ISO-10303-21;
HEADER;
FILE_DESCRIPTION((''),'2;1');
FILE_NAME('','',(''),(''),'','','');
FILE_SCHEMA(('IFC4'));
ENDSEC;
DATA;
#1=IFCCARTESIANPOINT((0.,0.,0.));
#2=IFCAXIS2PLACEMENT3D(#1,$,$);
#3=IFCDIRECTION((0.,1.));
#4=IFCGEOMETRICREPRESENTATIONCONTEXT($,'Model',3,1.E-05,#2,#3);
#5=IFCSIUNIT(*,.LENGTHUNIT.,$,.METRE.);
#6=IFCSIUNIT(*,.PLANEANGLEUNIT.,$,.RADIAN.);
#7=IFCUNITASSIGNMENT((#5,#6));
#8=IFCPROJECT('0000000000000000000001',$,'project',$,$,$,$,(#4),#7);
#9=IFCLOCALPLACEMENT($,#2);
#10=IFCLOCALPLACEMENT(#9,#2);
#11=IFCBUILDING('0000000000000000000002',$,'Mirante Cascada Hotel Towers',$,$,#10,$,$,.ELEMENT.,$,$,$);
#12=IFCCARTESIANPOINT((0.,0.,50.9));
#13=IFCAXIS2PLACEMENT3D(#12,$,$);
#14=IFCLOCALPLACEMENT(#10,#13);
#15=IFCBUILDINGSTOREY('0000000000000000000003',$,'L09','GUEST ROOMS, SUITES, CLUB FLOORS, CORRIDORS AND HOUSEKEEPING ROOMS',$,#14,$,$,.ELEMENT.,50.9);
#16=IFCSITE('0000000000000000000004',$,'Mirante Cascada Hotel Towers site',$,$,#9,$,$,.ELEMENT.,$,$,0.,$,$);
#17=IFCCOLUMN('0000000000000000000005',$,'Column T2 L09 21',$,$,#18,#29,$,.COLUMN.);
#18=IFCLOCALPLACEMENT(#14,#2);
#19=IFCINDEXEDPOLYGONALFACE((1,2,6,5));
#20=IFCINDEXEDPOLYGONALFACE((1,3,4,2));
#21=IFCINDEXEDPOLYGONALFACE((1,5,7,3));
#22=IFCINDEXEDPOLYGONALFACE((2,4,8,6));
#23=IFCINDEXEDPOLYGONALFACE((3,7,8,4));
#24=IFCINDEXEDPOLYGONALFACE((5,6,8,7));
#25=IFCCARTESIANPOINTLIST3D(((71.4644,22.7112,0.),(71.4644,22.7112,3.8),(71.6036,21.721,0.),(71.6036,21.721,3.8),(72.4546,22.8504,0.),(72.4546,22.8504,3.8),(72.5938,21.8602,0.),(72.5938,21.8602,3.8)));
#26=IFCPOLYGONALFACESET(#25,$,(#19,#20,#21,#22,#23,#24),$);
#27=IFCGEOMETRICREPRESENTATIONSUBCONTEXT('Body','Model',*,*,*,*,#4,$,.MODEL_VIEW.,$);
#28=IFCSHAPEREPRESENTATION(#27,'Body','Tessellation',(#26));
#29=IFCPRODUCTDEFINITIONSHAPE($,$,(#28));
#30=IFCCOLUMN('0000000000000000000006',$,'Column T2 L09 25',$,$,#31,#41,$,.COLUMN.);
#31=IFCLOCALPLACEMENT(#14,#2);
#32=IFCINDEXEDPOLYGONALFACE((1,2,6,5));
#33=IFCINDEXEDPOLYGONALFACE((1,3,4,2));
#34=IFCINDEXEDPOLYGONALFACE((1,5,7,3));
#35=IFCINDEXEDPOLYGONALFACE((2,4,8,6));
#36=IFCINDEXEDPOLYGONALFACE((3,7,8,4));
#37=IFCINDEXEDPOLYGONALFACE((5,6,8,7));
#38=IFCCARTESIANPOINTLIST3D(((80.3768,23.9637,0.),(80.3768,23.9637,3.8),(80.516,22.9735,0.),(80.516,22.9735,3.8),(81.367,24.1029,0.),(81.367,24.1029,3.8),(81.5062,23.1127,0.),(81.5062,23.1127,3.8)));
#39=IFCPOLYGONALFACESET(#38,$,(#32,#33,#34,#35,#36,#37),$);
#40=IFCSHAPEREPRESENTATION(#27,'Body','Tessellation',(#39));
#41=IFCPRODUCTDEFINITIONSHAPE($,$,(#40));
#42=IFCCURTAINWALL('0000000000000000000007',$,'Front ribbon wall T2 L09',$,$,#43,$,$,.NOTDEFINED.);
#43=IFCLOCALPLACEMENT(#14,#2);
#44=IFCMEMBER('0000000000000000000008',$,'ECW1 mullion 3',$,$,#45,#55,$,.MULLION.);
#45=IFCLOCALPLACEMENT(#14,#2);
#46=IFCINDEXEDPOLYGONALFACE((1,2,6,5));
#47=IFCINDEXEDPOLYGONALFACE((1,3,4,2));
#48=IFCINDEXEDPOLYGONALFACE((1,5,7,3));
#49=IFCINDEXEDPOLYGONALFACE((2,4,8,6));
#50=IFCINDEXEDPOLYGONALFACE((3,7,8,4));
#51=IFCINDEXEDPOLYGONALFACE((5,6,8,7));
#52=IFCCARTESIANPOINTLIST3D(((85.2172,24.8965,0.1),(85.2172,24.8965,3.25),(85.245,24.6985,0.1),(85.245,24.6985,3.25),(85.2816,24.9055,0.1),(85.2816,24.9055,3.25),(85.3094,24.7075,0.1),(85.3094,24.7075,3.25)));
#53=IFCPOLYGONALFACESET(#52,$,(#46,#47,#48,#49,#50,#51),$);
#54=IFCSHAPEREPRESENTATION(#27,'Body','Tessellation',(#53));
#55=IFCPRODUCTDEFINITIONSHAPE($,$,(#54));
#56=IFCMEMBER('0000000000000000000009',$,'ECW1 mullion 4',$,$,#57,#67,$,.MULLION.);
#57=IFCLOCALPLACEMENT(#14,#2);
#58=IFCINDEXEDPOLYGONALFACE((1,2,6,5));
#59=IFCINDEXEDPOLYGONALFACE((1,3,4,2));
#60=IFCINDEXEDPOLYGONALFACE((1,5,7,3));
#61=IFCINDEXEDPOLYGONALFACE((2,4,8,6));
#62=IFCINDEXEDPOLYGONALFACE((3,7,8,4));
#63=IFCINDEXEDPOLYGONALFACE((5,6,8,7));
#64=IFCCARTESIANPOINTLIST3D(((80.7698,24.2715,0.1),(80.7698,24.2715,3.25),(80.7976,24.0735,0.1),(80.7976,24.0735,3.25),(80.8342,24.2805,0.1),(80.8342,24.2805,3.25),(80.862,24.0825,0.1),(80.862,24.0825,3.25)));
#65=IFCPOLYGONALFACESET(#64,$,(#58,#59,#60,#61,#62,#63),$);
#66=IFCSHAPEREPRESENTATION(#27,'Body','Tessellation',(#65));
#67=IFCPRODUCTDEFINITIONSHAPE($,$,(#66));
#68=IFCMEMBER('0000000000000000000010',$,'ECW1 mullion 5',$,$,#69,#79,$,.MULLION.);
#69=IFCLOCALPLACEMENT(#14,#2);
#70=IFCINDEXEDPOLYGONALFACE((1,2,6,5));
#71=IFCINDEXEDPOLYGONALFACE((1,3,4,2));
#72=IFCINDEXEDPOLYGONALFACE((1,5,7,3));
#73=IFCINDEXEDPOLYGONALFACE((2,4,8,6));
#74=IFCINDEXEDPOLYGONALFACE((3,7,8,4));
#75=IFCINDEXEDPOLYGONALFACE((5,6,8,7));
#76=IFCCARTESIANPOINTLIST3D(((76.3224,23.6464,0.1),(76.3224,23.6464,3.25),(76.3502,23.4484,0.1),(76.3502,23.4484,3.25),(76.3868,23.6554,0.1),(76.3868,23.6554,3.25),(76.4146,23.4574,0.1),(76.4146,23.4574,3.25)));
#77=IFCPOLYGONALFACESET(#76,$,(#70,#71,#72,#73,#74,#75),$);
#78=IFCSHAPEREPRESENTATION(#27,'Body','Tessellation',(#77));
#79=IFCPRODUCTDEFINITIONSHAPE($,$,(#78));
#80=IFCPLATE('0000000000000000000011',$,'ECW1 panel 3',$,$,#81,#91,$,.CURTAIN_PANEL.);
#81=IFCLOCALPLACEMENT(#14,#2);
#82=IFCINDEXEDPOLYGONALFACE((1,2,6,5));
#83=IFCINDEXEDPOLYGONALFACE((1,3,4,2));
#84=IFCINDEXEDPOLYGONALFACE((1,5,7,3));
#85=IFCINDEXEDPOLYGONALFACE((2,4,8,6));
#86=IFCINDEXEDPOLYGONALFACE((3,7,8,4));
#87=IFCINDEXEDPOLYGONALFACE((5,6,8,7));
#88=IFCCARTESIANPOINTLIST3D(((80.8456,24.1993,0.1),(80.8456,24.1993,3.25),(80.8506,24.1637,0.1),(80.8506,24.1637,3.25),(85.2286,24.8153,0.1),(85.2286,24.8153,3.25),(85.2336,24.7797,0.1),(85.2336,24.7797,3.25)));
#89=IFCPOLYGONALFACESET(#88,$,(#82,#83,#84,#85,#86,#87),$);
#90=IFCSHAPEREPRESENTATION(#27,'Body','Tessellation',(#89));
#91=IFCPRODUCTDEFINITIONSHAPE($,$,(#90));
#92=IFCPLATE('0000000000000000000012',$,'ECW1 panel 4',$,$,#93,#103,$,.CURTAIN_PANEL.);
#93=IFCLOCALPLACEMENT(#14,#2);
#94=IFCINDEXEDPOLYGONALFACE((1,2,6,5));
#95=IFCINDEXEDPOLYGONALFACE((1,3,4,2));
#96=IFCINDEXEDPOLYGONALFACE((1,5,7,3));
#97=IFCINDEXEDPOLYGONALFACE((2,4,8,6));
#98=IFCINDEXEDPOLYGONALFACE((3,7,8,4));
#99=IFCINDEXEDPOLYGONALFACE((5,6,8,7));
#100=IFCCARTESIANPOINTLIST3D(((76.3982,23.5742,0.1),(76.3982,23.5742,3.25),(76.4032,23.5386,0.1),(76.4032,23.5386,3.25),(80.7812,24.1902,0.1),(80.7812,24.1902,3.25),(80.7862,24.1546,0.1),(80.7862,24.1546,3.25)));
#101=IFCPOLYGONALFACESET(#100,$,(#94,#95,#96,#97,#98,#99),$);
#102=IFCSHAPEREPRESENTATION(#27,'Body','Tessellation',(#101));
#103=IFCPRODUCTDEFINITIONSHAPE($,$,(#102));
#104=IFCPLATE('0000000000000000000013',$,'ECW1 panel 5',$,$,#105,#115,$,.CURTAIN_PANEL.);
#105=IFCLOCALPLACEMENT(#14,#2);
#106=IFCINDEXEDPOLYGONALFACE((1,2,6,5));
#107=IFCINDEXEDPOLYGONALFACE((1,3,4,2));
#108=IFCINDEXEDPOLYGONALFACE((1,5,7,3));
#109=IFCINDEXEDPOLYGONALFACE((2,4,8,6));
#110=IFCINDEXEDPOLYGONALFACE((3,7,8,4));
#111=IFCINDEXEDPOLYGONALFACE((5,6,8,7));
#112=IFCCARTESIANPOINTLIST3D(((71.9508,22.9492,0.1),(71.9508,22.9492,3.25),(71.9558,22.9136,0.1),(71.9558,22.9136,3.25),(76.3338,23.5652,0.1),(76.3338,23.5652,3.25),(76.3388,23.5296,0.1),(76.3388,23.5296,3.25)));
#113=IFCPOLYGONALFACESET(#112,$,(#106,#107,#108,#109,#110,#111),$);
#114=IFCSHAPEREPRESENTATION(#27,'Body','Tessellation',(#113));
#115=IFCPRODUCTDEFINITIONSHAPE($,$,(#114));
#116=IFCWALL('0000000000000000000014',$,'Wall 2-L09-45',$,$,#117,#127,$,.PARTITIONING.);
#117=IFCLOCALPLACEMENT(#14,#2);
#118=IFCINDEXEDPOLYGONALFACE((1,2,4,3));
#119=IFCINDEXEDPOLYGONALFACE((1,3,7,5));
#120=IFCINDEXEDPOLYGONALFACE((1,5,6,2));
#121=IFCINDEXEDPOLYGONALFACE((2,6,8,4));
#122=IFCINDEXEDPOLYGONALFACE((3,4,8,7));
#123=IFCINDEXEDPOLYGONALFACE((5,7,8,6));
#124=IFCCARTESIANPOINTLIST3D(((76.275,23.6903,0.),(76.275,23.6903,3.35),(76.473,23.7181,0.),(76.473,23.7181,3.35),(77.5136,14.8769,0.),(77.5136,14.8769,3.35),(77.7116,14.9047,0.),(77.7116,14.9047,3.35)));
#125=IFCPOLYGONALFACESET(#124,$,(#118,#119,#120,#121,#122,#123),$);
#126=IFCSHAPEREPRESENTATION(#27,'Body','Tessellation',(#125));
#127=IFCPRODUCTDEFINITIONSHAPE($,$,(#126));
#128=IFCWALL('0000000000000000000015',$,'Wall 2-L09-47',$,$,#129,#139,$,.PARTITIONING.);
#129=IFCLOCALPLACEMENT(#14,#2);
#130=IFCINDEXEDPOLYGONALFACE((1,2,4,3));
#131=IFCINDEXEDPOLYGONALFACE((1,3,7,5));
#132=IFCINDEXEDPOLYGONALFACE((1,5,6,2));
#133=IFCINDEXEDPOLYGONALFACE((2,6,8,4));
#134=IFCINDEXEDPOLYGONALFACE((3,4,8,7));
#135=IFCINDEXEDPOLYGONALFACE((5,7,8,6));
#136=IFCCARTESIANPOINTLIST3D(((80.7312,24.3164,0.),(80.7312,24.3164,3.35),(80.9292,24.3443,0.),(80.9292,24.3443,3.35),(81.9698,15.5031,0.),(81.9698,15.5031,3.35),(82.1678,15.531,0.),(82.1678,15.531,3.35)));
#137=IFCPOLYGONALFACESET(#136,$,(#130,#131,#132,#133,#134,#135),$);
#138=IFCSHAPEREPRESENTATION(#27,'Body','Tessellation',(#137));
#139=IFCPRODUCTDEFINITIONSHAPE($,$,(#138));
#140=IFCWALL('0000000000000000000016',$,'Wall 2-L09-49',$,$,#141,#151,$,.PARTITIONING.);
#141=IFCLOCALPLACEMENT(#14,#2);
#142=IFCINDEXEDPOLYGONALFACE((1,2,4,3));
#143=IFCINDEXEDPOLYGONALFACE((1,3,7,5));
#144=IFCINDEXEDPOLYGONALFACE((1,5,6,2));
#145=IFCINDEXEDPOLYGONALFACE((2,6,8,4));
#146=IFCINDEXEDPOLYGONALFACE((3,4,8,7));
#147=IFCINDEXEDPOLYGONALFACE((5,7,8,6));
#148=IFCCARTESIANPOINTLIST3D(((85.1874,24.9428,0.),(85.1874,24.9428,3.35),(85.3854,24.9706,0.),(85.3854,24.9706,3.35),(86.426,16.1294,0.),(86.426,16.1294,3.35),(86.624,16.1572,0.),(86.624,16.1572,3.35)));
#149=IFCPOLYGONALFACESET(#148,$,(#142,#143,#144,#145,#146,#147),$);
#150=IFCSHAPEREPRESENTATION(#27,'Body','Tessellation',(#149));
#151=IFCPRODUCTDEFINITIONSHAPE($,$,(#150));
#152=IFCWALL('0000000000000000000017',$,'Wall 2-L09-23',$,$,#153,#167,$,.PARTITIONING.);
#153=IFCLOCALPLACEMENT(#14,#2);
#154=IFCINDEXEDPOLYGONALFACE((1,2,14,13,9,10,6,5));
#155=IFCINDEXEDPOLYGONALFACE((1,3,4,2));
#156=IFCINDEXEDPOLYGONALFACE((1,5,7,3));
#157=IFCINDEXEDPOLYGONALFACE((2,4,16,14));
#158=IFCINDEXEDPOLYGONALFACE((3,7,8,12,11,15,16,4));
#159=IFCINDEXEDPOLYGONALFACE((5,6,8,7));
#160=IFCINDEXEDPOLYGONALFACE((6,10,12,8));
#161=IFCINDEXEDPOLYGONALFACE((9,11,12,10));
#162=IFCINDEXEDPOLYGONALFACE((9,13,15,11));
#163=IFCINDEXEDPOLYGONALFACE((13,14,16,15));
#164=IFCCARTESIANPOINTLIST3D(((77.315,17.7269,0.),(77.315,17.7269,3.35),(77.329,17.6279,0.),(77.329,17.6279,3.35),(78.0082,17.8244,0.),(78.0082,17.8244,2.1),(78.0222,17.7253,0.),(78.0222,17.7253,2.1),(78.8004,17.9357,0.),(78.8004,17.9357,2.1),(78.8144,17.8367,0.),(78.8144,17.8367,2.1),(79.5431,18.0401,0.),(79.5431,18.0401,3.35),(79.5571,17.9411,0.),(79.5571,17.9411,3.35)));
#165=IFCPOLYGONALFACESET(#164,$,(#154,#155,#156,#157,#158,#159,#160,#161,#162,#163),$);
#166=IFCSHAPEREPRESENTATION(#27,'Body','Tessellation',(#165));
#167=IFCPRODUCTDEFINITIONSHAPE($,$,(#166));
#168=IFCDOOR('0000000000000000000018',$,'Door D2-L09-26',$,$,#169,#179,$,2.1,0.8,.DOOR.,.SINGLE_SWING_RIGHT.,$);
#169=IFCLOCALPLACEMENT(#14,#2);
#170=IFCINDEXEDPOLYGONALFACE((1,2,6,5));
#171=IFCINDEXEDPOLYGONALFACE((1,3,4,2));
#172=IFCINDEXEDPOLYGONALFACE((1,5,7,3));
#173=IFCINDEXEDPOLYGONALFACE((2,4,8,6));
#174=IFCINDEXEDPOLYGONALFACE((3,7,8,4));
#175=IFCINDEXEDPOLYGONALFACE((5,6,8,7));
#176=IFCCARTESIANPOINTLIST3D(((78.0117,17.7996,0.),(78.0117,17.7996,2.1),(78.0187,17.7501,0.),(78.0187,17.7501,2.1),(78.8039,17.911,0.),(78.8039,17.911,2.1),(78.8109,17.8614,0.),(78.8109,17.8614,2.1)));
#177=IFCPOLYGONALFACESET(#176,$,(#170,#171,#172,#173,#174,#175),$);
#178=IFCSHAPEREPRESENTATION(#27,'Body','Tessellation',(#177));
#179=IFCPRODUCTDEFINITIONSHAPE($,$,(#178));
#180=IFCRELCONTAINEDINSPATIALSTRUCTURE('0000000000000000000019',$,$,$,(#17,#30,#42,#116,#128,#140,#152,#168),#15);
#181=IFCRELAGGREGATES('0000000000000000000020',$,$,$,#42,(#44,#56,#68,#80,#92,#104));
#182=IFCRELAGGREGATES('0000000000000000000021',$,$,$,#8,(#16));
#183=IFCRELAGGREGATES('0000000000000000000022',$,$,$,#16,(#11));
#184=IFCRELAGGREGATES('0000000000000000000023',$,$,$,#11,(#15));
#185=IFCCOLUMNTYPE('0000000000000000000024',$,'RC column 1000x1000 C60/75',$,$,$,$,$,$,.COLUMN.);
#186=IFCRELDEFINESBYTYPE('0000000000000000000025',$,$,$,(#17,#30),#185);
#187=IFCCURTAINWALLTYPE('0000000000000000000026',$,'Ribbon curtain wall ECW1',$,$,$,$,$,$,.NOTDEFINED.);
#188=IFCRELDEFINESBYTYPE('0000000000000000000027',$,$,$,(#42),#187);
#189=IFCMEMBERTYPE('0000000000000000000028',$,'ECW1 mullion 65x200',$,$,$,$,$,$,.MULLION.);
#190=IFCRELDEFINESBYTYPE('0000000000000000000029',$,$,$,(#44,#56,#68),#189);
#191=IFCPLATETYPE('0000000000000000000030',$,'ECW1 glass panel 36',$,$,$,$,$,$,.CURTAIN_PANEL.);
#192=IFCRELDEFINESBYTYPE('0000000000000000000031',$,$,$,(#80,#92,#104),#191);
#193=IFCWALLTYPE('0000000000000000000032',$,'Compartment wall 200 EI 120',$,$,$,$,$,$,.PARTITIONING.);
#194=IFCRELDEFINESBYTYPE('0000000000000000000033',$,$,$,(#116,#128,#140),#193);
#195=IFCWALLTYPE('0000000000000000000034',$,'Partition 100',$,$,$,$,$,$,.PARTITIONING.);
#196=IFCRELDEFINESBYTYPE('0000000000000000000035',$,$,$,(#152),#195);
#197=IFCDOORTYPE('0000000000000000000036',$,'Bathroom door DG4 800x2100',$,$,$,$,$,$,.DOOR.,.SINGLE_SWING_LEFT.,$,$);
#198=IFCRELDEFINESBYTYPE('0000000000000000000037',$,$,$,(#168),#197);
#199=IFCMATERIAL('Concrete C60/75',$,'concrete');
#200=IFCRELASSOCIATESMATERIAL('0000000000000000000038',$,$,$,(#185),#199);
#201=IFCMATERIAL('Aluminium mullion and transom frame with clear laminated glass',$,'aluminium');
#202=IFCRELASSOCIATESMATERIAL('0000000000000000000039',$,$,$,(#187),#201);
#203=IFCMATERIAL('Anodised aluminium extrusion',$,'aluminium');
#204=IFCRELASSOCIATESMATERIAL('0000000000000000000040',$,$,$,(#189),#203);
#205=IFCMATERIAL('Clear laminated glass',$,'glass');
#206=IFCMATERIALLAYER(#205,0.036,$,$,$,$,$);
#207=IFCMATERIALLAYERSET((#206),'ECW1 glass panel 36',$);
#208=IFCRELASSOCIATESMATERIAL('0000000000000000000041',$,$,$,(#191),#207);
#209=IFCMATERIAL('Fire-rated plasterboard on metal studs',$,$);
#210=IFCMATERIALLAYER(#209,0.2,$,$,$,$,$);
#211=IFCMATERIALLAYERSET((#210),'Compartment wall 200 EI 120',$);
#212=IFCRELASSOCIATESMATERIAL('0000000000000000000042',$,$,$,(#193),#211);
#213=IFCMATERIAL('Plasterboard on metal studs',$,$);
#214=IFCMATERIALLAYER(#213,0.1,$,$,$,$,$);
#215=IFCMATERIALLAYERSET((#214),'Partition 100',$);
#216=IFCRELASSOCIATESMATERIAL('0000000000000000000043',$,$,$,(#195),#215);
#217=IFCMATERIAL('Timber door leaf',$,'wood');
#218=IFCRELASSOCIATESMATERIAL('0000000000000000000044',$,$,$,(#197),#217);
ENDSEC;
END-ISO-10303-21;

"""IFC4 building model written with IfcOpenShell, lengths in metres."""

from ifc_helpers import new_model, si_unit, direction, frame, frame_2d, origin, origin_2d, place, context, subcontext, project, spatial, rectangle, extrude, material, layer, layer_set, material_profile, profile_set, type_object, element, fill, aggregate, save


model = new_model("IFC4")

# Units and contexts
model_context = context("Model", 3, precision=1e-05, world=origin(), true_north=direction((0.0, 1.0)))
body_context = subcontext(model_context, "Body", "Model", "MODEL_VIEW")
ifc_project = project(units=[si_unit("LENGTHUNIT", "METRE"), si_unit("PLANEANGLEUNIT", "RADIAN")], contexts=[model_context])

# Site, building, storey
site_placement = place(None, origin())
site = spatial("IfcSite", under=ifc_project, at=site_placement, Name="Mirante Cascada Hotel Towers site", CompositionType="ELEMENT", RefElevation=0.0)
building_placement = place(site_placement, origin())
building = spatial("IfcBuilding", under=site, at=building_placement, Name="Mirante Cascada Hotel Towers", CompositionType="ELEMENT")
storey_placement = place(building_placement, frame((0.0, 0.0, 50.9)))
storey = spatial("IfcBuildingStorey", under=building, at=storey_placement, Name="L09", Description="GUEST ROOMS, SUITES, CLUB FLOORS, CORRIDORS AND HOUSEKEEPING ROOMS", CompositionType="ELEMENT", Elevation=50.9)

# Columns
ifc_material_1 = material(Name="Concrete C60/75", Category="concrete")
ifc_material_profile_1 = material_profile(ifc_material_1, rectangle(XDim=1.0, YDim=1.0, at=origin_2d()), Name="RC column 1000x1000 C60/75")
ifc_profile_set_1 = profile_set([ifc_material_profile_1], Name="Concrete C60/75")
column_type = type_object("IfcColumnType", Name="RC column 1000x1000 C60/75", PredefinedType="COLUMN", material=ifc_profile_set_1)
for number, where, z_axis, x_axis, name in (
    (1, (72.0291, 22.2857, 0.0), (0.0, 0.0, 1.0), (0.990268, 0.139173, 0.0), "Column T2 L09 21"),
    (2, (80.9415, 23.5382, 0.0), (0.0, 0.0, 1.0), (0.990268, 0.139173, 0.0), "Column T2 L09 25"),
):
    element("IfcColumn", number, at=place(storey_placement, frame(where, z_axis=z_axis, x_axis=x_axis)), inside=storey, type_object=column_type, Name=name, PredefinedType="COLUMN", context=body_context, shape_type="SweptSolid", body=[
        extrude(rectangle(XDim=1.0, YDim=1.0, at=origin_2d()), origin(), (0.0, 0.0, 1.0), 3.8),
    ])

# Curtain wall, members, plates
ifc_material_2 = material(Name="Aluminium mullion and transom frame with clear laminated glass", Category="aluminium")
curtain_wall_type = type_object("IfcCurtainWallType", Name="Ribbon curtain wall ECW1", PredefinedType="NOTDEFINED", material=ifc_material_2)
curtain_wall_placement = place(storey_placement, origin())
curtain_wall = element("IfcCurtainWall", 3, at=curtain_wall_placement, inside=storey, type_object=curtain_wall_type, Name="Front ribbon wall T2 L09", PredefinedType="NOTDEFINED")
ifc_material_3 = material(Name="Anodised aluminium extrusion", Category="aluminium")
ifc_material_profile_2 = material_profile(ifc_material_3, rectangle(XDim=0.2, YDim=0.065, at=origin_2d()), Name="ECW1 MULLION 65x200")
ifc_profile_set_2 = profile_set([ifc_material_profile_2], Name="Anodised aluminium extrusion")
member_type = type_object("IfcMemberType", Name="ECW1 mullion 65x200", PredefinedType="MULLION", material=ifc_profile_set_2)
member_1_placement = place(storey_placement, frame((85.2633, 24.802, 0.1), z_axis=(0.0, 0.0, 1.0), x_axis=(0.139173, -0.990268, 0.0)))
member_1 = element("IfcMember", 4, at=member_1_placement, type_object=member_type, Name="ECW1 mullion 3", PredefinedType="MULLION", context=body_context, shape_type="SweptSolid", body=[
    extrude(rectangle(XDim=0.2, YDim=0.065, at=origin_2d()), origin(), (0.0, 0.0, 1.0), 3.15),
])
member_2_placement = place(storey_placement, frame((80.8159, 24.177, 0.1), z_axis=(0.0, 0.0, 1.0), x_axis=(0.139173, -0.990268, 0.0)))
member_2 = element("IfcMember", 5, at=member_2_placement, type_object=member_type, Name="ECW1 mullion 4", PredefinedType="MULLION", context=body_context, shape_type="SweptSolid", body=[
    extrude(rectangle(XDim=0.2, YDim=0.065, at=origin_2d()), origin(), (0.0, 0.0, 1.0), 3.15),
])
member_3_placement = place(storey_placement, frame((76.3685, 23.5519, 0.1), z_axis=(0.0, 0.0, 1.0), x_axis=(0.139173, -0.990268, 0.0)))
member_3 = element("IfcMember", 6, at=member_3_placement, type_object=member_type, Name="ECW1 mullion 5", PredefinedType="MULLION", context=body_context, shape_type="SweptSolid", body=[
    extrude(rectangle(XDim=0.2, YDim=0.065, at=origin_2d()), origin(), (0.0, 0.0, 1.0), 3.15),
])
ifc_material_4 = material(Name="Clear laminated glass", Category="glass")
ifc_layer_1 = layer(ifc_material_4, 0.036)
ifc_layer_set_1 = layer_set([ifc_layer_1], Name="ECW1 glass panel 36")
plate_type = type_object("IfcPlateType", Name="ECW1 glass panel 36", PredefinedType="CURTAIN_PANEL", material=ifc_layer_set_1)
plate_1_placement = place(storey_placement, frame((83.0396, 24.4895, 0.1), z_axis=(0.0, 0.0, 1.0), x_axis=(-0.990268, -0.139173, 0.0)))
plate_1 = element("IfcPlate", 7, at=plate_1_placement, type_object=plate_type, Name="ECW1 panel 3", PredefinedType="CURTAIN_PANEL", context=body_context, shape_type="SweptSolid", body=[
    extrude(rectangle(XDim=4.4261, YDim=0.036, at=origin_2d()), origin(), (0.0, 0.0, 1.0), 3.15),
])
plate_2_placement = place(storey_placement, frame((78.5922, 23.8644, 0.1), z_axis=(0.0, 0.0, 1.0), x_axis=(-0.990268, -0.139173, 0.0)))
plate_2 = element("IfcPlate", 8, at=plate_2_placement, type_object=plate_type, Name="ECW1 panel 4", PredefinedType="CURTAIN_PANEL", context=body_context, shape_type="SweptSolid", body=[
    extrude(rectangle(XDim=4.4261, YDim=0.036, at=origin_2d()), origin(), (0.0, 0.0, 1.0), 3.15),
])
plate_3_placement = place(storey_placement, frame((74.1448, 23.2394, 0.1), z_axis=(0.0, 0.0, 1.0), x_axis=(-0.990268, -0.139173, 0.0)))
plate_3 = element("IfcPlate", 9, at=plate_3_placement, type_object=plate_type, Name="ECW1 panel 5", PredefinedType="CURTAIN_PANEL", context=body_context, shape_type="SweptSolid", body=[
    extrude(rectangle(XDim=4.4261, YDim=0.036, at=origin_2d()), origin(), (0.0, 0.0, 1.0), 3.15),
])
aggregate(curtain_wall, [member_1, member_2, member_3, plate_1, plate_2, plate_3])

# Walls
ifc_material_5 = material(Name="Fire-rated plasterboard on metal studs")
ifc_layer_2 = layer(ifc_material_5, 0.2)
ifc_layer_set_2 = layer_set([ifc_layer_2], Name="Compartment wall 200 EI 120")
wall_type_1 = type_object("IfcWallType", Name="Compartment wall 200 EI 120", PredefinedType="PARTITIONING", material=ifc_layer_set_2)
wall_1_placement = place(storey_placement, frame((76.374, 23.7042, 0.0), z_axis=(0.0, 0.0, 1.0), x_axis=(0.139168, -0.990269, 0.0)))
element("IfcWall", 10, at=wall_1_placement, inside=storey, type_object=wall_type_1, Name="Wall 2-L09-45", PredefinedType="PARTITIONING", context=body_context, shape_type="SweptSolid", body=[
    extrude(rectangle(XDim=8.9, YDim=0.2, at=frame_2d((4.45, 0.0))), origin(), (0.0, 0.0, 1.0), 3.35),
])
wall_2_placement = place(storey_placement, frame((80.8302, 24.3304, 0.0), z_axis=(0.0, 0.0, 1.0), x_axis=(0.13917, -0.990268, 0.0)))
element("IfcWall", 11, at=wall_2_placement, inside=storey, type_object=wall_type_1, Name="Wall 2-L09-47", PredefinedType="PARTITIONING", context=body_context, shape_type="SweptSolid", body=[
    extrude(rectangle(XDim=8.8999, YDim=0.2, at=frame_2d((4.45, 0.0))), origin(), (0.0, 0.0, 1.0), 3.35),
])
wall_3_placement = place(storey_placement, frame((85.2864, 24.9567, 0.0), z_axis=(0.0, 0.0, 1.0), x_axis=(0.139168, -0.990269, 0.0)))
element("IfcWall", 12, at=wall_3_placement, inside=storey, type_object=wall_type_1, Name="Wall 2-L09-49", PredefinedType="PARTITIONING", context=body_context, shape_type="SweptSolid", body=[
    extrude(rectangle(XDim=8.9, YDim=0.2, at=frame_2d((4.45, 0.0))), origin(), (0.0, 0.0, 1.0), 3.35),
])

# Wall, opening, door
ifc_material_6 = material(Name="Plasterboard on metal studs")
ifc_layer_3 = layer(ifc_material_6, 0.1)
ifc_layer_set_3 = layer_set([ifc_layer_3], Name="Partition 100")
wall_type_2 = type_object("IfcWallType", Name="Partition 100", PredefinedType="PARTITIONING", material=ifc_layer_set_3)
wall_4_placement = place(storey_placement, frame((79.5501, 17.9906, 0.0), z_axis=(0.0, 0.0, 1.0), x_axis=(-0.990264, -0.1392, 0.0)))
wall_4 = element("IfcWall", 13, at=wall_4_placement, inside=storey, type_object=wall_type_2, Name="Wall 2-L09-23", PredefinedType="PARTITIONING", context=body_context, shape_type="SweptSolid", body=[
    extrude(rectangle(XDim=2.25, YDim=0.1, at=frame_2d((1.125, 0.0))), origin(), (0.0, 0.0, 1.0), 3.35),
])
opening_1_placement = place(wall_4_placement, frame((0.75, 0.0, 0.0)))
opening_1 = element("IfcOpeningElement", 14, at=opening_1_placement, cuts=wall_4, PredefinedType="OPENING", context=body_context, shape_type="SweptSolid", body=[
    extrude(rectangle(XDim=0.8, YDim=2.1, at=frame_2d((0.4, 1.05))), frame((0.0, 0.05, 0.0), z_axis=(0.0, -1.0, 0.0), x_axis=(1.0, 0.0, 0.0)), (0.0, 0.0, 1.0), 0.1),
])
ifc_material_7 = material(Name="Timber door leaf", Category="wood")
door_type = type_object("IfcDoorType", Name="Bathroom door DG4 800x2100", OperationType="SINGLE_SWING_LEFT", PredefinedType="DOOR", material=ifc_material_7)
door_1_placement = place(opening_1_placement, frame((0.8, 0.0, 0.0), z_axis=(0.0, 0.0, 1.0), x_axis=(-1.0, 0.0, 0.0)))
door_1 = element("IfcDoor", 15, at=door_1_placement, inside=storey, type_object=door_type, Name="Door D2-L09-26", OperationType="SINGLE_SWING_RIGHT", OverallHeight=2.1, OverallWidth=0.8, PredefinedType="DOOR", context=body_context, shape_type="SweptSolid", body=[
    extrude(rectangle(XDim=0.8, YDim=2.1, at=frame_2d((0.4, 1.05))), frame((0.0, 0.025, 0.0), z_axis=(0.0, -1.0, 0.0), x_axis=(1.0, 0.0, 0.0)), (0.0, 0.0, 1.0), 0.05),
])
fill(opening_1, door_1)

save(model, "model.ifc")
